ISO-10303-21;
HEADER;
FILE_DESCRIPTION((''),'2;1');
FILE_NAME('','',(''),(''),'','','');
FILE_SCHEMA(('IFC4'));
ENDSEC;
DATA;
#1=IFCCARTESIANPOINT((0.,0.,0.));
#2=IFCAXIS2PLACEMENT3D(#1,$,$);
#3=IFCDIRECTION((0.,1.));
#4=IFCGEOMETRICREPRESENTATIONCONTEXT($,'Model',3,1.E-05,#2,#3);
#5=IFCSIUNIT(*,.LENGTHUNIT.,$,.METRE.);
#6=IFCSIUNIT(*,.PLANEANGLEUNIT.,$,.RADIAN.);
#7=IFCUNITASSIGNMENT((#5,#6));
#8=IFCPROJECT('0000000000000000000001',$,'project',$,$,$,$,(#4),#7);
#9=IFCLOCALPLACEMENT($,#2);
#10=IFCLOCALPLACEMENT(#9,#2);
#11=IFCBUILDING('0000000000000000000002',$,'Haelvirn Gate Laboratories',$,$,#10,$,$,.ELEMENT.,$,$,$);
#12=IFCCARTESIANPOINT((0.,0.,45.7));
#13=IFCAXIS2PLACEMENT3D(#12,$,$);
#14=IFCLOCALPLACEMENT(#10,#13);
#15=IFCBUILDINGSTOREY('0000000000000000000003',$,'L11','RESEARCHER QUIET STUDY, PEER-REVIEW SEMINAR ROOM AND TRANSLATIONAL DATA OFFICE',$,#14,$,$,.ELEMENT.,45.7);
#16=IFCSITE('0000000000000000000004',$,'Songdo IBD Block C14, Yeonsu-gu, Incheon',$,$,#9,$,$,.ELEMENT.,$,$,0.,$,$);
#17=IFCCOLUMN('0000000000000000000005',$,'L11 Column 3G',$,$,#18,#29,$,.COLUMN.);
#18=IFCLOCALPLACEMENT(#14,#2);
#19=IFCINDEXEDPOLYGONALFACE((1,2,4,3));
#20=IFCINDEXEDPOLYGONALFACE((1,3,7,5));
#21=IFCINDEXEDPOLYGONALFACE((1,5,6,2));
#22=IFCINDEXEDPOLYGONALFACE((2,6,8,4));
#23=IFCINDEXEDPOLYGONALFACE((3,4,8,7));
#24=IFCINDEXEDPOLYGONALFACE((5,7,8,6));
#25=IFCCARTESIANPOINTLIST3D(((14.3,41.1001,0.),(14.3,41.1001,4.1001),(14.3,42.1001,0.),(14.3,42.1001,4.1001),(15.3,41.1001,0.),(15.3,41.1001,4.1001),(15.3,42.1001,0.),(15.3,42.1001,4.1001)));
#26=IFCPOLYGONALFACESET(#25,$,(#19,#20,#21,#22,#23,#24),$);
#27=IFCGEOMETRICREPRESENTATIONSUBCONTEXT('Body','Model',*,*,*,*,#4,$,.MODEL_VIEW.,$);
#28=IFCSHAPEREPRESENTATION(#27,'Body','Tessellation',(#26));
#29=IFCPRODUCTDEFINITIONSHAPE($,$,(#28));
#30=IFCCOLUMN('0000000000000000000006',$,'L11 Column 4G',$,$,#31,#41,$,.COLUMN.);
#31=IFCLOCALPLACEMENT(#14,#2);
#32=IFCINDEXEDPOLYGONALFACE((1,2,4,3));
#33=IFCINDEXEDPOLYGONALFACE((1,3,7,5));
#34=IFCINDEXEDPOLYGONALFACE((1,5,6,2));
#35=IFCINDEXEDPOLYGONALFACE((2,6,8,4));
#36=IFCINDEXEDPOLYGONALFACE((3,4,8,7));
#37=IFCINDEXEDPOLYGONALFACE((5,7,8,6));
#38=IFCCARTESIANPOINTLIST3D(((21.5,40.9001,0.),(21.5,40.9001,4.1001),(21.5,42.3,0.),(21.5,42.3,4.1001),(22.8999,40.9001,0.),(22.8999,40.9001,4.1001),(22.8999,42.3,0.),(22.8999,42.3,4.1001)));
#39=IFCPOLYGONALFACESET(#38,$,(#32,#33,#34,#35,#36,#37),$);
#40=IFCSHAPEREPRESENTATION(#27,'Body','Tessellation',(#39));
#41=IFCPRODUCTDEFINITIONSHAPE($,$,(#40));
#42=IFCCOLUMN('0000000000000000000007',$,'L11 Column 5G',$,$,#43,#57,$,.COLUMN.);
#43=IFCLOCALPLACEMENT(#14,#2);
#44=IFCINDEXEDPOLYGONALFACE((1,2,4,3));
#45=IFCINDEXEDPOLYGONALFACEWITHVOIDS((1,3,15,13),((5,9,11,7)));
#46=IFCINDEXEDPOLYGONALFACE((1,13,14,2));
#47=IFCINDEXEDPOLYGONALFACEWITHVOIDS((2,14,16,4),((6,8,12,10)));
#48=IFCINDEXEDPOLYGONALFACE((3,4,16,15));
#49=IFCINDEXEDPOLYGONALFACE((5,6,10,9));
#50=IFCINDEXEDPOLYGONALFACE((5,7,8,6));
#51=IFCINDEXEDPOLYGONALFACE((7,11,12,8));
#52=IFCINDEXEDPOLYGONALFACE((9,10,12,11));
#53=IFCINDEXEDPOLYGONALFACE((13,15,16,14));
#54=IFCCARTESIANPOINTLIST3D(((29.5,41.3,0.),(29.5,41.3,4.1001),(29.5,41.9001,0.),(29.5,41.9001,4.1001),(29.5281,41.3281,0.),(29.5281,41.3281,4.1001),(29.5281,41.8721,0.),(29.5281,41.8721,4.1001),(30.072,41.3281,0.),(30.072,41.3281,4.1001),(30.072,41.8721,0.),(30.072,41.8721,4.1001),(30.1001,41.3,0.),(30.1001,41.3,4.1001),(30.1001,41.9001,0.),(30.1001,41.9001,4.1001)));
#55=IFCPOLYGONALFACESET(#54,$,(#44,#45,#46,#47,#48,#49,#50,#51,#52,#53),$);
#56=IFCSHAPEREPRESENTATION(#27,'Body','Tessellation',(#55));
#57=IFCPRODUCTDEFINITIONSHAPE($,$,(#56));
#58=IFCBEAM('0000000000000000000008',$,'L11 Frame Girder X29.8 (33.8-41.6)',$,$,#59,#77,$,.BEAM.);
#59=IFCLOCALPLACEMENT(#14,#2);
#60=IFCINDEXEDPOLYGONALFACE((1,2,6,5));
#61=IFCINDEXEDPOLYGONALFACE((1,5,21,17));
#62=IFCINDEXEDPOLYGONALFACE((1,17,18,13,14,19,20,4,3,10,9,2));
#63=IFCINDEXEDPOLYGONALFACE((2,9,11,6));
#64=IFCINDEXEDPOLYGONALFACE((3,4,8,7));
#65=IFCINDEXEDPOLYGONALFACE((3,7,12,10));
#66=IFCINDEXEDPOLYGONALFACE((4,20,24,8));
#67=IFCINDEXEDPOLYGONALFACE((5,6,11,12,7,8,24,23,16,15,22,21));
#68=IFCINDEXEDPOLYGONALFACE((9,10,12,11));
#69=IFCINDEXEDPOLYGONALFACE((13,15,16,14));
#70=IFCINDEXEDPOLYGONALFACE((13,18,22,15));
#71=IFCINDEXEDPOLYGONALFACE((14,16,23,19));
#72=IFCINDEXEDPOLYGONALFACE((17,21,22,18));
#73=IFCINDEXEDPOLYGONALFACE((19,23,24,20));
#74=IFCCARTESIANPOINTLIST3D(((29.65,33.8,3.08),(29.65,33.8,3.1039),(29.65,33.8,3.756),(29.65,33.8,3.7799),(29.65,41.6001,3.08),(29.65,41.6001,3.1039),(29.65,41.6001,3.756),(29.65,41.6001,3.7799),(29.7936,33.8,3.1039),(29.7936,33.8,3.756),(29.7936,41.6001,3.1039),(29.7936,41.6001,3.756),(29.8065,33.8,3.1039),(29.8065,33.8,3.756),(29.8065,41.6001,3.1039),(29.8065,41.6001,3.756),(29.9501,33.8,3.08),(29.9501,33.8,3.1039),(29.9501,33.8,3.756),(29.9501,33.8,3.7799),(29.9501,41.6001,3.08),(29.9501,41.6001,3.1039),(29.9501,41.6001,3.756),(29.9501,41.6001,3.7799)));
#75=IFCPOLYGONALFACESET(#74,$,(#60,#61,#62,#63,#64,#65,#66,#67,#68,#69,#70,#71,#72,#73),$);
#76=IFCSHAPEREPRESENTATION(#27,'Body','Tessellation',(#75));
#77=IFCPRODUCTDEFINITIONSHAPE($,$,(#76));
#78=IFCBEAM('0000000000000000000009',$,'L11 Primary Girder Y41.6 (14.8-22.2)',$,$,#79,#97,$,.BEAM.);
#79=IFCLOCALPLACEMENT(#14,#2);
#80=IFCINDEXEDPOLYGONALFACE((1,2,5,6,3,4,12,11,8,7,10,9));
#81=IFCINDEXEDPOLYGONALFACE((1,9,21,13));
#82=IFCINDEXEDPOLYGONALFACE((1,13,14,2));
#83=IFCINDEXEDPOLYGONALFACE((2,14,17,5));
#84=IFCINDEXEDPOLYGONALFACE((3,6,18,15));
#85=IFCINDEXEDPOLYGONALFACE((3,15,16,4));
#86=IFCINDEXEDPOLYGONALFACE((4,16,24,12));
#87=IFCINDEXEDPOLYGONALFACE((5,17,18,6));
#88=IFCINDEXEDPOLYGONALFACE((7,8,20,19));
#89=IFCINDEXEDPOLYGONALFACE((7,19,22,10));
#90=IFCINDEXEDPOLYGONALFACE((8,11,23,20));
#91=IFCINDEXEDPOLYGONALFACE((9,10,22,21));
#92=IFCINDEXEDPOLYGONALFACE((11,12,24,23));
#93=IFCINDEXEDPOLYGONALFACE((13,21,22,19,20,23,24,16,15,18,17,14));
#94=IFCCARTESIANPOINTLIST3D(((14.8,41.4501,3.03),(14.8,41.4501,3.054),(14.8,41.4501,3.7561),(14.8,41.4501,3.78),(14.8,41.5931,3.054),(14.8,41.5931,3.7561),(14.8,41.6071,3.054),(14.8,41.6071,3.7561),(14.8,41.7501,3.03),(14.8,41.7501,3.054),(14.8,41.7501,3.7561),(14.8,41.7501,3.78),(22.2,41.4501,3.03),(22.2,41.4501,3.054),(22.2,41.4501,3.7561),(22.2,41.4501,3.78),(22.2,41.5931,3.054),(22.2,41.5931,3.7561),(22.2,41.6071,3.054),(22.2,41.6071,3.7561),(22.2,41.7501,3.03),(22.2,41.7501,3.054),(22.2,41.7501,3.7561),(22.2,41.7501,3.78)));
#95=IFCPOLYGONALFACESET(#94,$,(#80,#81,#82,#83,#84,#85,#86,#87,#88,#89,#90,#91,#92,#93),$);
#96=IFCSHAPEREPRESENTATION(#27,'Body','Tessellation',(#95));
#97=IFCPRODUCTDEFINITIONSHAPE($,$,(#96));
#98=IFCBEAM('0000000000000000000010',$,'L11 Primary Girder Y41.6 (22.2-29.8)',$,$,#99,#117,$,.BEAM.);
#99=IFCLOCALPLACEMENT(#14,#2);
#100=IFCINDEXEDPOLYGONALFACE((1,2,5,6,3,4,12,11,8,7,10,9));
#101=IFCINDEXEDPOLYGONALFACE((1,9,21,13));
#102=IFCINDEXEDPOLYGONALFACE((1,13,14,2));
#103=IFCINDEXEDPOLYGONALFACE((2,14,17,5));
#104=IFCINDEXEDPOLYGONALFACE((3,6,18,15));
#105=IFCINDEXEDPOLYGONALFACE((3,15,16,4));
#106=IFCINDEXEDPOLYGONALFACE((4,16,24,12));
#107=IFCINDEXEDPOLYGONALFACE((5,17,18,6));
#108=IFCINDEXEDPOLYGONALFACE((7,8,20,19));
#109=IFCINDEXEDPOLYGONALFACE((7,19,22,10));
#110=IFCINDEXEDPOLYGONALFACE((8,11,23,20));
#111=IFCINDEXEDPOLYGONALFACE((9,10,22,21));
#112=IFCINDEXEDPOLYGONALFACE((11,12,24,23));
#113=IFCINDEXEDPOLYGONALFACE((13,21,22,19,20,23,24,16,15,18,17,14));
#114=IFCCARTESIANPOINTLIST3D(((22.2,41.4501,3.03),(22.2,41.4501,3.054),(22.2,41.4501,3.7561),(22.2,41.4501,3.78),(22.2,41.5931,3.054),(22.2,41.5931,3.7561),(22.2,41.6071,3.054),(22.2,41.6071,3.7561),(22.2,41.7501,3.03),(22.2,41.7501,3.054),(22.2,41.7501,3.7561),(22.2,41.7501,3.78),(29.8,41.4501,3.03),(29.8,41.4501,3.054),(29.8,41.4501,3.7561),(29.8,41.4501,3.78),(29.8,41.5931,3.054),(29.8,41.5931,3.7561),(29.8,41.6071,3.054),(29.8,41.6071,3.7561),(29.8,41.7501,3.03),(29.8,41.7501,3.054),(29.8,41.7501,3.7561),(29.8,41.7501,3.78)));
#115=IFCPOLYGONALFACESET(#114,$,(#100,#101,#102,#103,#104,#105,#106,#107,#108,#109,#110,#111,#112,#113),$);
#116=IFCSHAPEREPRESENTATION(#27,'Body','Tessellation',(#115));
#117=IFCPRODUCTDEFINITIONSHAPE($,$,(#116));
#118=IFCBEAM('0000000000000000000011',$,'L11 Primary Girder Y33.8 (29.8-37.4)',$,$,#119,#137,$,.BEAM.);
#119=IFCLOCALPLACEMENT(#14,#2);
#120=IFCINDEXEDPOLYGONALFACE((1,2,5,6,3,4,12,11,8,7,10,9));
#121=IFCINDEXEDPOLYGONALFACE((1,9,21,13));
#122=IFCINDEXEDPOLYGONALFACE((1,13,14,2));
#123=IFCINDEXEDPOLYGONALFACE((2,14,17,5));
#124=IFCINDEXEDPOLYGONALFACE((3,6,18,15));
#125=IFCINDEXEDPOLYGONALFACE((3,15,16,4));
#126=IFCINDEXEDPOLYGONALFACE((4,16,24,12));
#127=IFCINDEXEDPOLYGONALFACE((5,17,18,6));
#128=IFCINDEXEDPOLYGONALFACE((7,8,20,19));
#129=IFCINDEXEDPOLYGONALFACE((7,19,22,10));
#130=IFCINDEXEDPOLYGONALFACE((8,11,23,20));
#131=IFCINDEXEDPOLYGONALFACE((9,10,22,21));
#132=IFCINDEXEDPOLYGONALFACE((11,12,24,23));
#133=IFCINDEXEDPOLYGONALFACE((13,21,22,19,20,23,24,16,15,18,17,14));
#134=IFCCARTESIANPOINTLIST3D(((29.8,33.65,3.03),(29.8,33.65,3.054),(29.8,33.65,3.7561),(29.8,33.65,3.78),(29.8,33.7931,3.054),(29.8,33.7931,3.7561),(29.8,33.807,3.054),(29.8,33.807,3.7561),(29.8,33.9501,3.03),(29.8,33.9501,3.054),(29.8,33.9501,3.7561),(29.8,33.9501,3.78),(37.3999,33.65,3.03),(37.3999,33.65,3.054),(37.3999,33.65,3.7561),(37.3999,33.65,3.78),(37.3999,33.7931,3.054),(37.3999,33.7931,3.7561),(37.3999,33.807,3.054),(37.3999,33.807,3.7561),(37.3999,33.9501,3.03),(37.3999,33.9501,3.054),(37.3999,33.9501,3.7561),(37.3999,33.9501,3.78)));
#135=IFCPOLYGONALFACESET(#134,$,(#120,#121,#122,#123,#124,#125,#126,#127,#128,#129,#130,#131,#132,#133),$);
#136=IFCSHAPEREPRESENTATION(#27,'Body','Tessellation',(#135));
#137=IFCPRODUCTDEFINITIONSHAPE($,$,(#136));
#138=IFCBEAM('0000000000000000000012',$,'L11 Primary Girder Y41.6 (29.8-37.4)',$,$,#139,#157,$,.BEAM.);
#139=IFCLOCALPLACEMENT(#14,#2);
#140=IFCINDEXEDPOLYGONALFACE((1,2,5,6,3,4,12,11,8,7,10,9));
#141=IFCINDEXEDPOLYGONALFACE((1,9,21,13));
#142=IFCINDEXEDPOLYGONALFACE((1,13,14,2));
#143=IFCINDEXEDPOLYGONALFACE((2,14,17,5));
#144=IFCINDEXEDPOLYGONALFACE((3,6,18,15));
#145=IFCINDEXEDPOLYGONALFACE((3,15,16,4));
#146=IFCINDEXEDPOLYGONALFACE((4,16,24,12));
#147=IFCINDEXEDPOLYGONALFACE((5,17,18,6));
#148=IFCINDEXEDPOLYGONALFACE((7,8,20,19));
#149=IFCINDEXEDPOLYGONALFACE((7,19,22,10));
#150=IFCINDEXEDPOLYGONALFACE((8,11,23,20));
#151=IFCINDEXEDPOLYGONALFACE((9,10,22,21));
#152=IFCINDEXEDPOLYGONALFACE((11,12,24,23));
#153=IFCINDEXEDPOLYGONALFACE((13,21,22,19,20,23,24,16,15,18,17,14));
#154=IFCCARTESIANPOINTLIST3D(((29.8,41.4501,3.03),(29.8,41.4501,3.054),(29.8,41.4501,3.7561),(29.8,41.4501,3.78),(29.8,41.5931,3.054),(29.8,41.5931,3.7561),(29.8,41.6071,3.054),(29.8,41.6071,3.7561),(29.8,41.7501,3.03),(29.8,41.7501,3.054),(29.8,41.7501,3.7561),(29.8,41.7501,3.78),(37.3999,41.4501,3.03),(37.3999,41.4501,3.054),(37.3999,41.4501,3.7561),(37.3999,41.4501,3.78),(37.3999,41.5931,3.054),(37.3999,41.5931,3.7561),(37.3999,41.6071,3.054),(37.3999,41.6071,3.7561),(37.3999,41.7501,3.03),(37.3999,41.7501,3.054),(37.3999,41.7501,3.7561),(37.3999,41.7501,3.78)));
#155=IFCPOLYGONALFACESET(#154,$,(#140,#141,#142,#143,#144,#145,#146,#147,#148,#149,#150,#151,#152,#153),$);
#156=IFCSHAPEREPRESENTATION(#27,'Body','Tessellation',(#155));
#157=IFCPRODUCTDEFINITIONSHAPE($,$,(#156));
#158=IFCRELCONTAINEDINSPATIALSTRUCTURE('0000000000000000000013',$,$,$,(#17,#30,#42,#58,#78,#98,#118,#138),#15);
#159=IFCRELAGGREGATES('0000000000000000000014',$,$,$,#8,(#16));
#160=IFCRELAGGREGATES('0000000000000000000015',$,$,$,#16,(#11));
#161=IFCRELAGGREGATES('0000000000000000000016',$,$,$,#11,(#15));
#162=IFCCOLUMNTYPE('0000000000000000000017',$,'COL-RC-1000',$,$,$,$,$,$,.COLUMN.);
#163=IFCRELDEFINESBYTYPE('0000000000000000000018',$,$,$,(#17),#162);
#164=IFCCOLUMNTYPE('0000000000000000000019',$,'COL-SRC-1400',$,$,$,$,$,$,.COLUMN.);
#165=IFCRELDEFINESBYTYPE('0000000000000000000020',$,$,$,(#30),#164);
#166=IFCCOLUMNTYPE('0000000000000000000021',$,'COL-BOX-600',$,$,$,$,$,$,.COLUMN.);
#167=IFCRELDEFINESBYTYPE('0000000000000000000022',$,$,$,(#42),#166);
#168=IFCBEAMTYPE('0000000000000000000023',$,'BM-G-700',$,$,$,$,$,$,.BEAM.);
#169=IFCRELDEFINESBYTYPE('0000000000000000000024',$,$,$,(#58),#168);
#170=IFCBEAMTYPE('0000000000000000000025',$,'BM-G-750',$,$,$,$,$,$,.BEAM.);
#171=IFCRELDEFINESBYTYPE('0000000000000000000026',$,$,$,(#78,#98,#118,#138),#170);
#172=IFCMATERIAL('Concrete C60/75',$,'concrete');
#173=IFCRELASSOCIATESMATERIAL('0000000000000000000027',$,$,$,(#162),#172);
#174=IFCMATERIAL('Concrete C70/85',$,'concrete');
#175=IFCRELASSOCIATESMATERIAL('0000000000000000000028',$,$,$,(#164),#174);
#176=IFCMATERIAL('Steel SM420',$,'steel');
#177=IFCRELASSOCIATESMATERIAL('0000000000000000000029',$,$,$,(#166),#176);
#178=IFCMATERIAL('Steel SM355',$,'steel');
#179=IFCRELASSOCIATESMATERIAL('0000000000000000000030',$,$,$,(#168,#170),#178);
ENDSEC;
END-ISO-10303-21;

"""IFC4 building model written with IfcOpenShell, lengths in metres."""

from ifc_helpers import new_model, si_unit, direction, frame, origin, origin_2d, place, context, subcontext, project, spatial, rectangle, hollow_rectangle, i_section, extrude, source, transform, mapped, material, material_profile, profile_set, type_object, type_shapes, element, save


model = new_model("IFC4")

# Units and contexts
model_context = context("Model", 3, precision=1e-05, world=origin(), true_north=direction((0.0, 1.0)))
body_context = subcontext(model_context, "Body", "Model", "MODEL_VIEW")
ifc_project = project(units=[si_unit("LENGTHUNIT", "METRE"), si_unit("PLANEANGLEUNIT", "RADIAN")], contexts=[model_context])

# Site, building, storey
site_placement = place(None, origin())
site = spatial("IfcSite", under=ifc_project, at=site_placement, Name="Songdo IBD Block C14, Yeonsu-gu, Incheon", CompositionType="ELEMENT", RefElevation=0.0)
building_placement = place(site_placement, origin())
building = spatial("IfcBuilding", under=site, at=building_placement, Name="Haelvirn Gate Laboratories", CompositionType="ELEMENT")
storey_placement = place(building_placement, frame((0.0, 0.0, 45.7)))
storey = spatial("IfcBuildingStorey", under=building, at=storey_placement, Name="L11", Description="RESEARCHER QUIET STUDY, PEER-REVIEW SEMINAR ROOM AND TRANSLATIONAL DATA OFFICE", CompositionType="ELEMENT", Elevation=45.7)

# Columns
ifc_material_1 = material(Name="Concrete C60/75", Category="concrete")
ifc_material_profile_1 = material_profile(ifc_material_1, rectangle(XDim=1.0, YDim=1.0, at=origin_2d()), Name="RC-1000x1000")
ifc_profile_set_1 = profile_set([ifc_material_profile_1], Name="Concrete C60/75")
column_type_1 = type_object("IfcColumnType", Name="COL-RC-1000", PredefinedType="COLUMN", material=ifc_profile_set_1)
shared_shape_1 = source(origin(), body_context, "Body", "SweptSolid", [
    extrude(rectangle(XDim=1.0, YDim=1.0, at=origin_2d()), origin(), (0.0, 0.0, 1.0), 4.1001),
])
type_shapes(column_type_1, [shared_shape_1])
column_1_placement = place(storey_placement, frame((14.8, 41.6001, 0.0), z_axis=(0.0, 0.0, 1.0), x_axis=(1.0, 0.0, 0.0)))
element("IfcColumn", 1, at=column_1_placement, inside=storey, type_object=column_type_1, Name="L11 Column 3G", PredefinedType="COLUMN", context=body_context, shape_type="MappedRepresentation", body=[
    mapped(shared_shape_1, transform((0.0, 0.0, 0.0), scale=1.0)),
])
ifc_material_2 = material(Name="Concrete C70/85", Category="concrete")
ifc_material_profile_2 = material_profile(ifc_material_2, rectangle(XDim=1.3999, YDim=1.3999, at=origin_2d()), Name="SRC-1400x1400")
ifc_profile_set_2 = profile_set([ifc_material_profile_2], Name="Concrete C70/85")
column_type_2 = type_object("IfcColumnType", Name="COL-SRC-1400", PredefinedType="COLUMN", material=ifc_profile_set_2)
shared_shape_2 = source(origin(), body_context, "Body", "SweptSolid", [
    extrude(rectangle(XDim=1.3999, YDim=1.3999, at=origin_2d()), origin(), (0.0, 0.0, 1.0), 4.1001),
])
type_shapes(column_type_2, [shared_shape_2])
column_2_placement = place(storey_placement, frame((22.2, 41.6001, 0.0), z_axis=(0.0, 0.0, 1.0), x_axis=(1.0, 0.0, 0.0)))
element("IfcColumn", 2, at=column_2_placement, inside=storey, type_object=column_type_2, Name="L11 Column 4G", PredefinedType="COLUMN", context=body_context, shape_type="MappedRepresentation", body=[
    mapped(shared_shape_2, transform((0.0, 0.0, 0.0), scale=1.0)),
])
ifc_material_3 = material(Name="Steel SM420", Category="steel")
ifc_material_profile_3 = material_profile(ifc_material_3, hollow_rectangle(XDim=0.6001, YDim=0.6001, WallThickness=0.0281, at=origin_2d()), Name="BOX-600x600x28")
ifc_profile_set_3 = profile_set([ifc_material_profile_3], Name="Steel SM420")
column_type_3 = type_object("IfcColumnType", Name="COL-BOX-600", PredefinedType="COLUMN", material=ifc_profile_set_3)
shared_shape_3 = source(origin(), body_context, "Body", "SweptSolid", [
    extrude(hollow_rectangle(XDim=0.6001, YDim=0.6001, WallThickness=0.0281, at=origin_2d()), origin(), (0.0, 0.0, 1.0), 4.1001),
])
type_shapes(column_type_3, [shared_shape_3])
column_3_placement = place(storey_placement, frame((29.8, 41.6001, 0.0), z_axis=(0.0, 0.0, 1.0), x_axis=(1.0, 0.0, 0.0)))
element("IfcColumn", 3, at=column_3_placement, inside=storey, type_object=column_type_3, Name="L11 Column 5G", PredefinedType="COLUMN", context=body_context, shape_type="MappedRepresentation", body=[
    mapped(shared_shape_3, transform((0.0, 0.0, 0.0), scale=1.0)),
])

# Beams
ifc_material_4 = material(Name="Steel SM355", Category="steel")
ifc_material_profile_4 = material_profile(ifc_material_4, i_section(OverallWidth=0.3, OverallDepth=0.7, WebThickness=0.0129, FlangeThickness=0.0239, at=origin_2d()), Name="H-700x300x13x24")
ifc_profile_set_4 = profile_set([ifc_material_profile_4], Name="Steel SM355")
beam_type_1 = type_object("IfcBeamType", Name="BM-G-700", PredefinedType="BEAM", material=ifc_profile_set_4)
shared_shape_4 = source(origin(), body_context, "Body", "SweptSolid", [
    extrude(i_section(OverallWidth=0.3, OverallDepth=0.7, WebThickness=0.0129, FlangeThickness=0.0239, at=origin_2d()), origin(), (0.0, 0.0, 1.0), 7.8),
])
type_shapes(beam_type_1, [shared_shape_4])
beam_1_placement = place(storey_placement, frame((29.8, 33.8, 3.4299), z_axis=(0.0, 1.0, 0.0), x_axis=(-1.0, 0.0, 0.0)))
element("IfcBeam", 4, at=beam_1_placement, inside=storey, type_object=beam_type_1, Name="L11 Frame Girder X29.8 (33.8-41.6)", PredefinedType="BEAM", context=body_context, shape_type="MappedRepresentation", body=[
    mapped(shared_shape_4, transform((0.0, 0.0, 0.0), scale=1.0)),
])
ifc_material_profile_5 = material_profile(ifc_material_4, i_section(OverallWidth=0.3, OverallDepth=0.75, WebThickness=0.0139, FlangeThickness=0.0239, at=origin_2d()), Name="H-750x300x14x24")
ifc_profile_set_5 = profile_set([ifc_material_profile_5], Name="Steel SM355")
beam_type_2 = type_object("IfcBeamType", Name="BM-G-750", PredefinedType="BEAM", material=ifc_profile_set_5)
shared_shape_5 = source(origin(), body_context, "Body", "SweptSolid", [
    extrude(i_section(OverallWidth=0.3, OverallDepth=0.75, WebThickness=0.0139, FlangeThickness=0.0239, at=origin_2d()), origin(), (0.0, 0.0, 1.0), 7.3999),
])
beam_2_placement = place(storey_placement, frame((14.8, 41.6001, 3.405), z_axis=(1.0, 0.0, 0.0), x_axis=(0.0, 1.0, 0.0)))
element("IfcBeam", 5, at=beam_2_placement, inside=storey, type_object=beam_type_2, Name="L11 Primary Girder Y41.6 (14.8-22.2)", PredefinedType="BEAM", context=body_context, shape_type="MappedRepresentation", body=[
    mapped(shared_shape_5, transform((0.0, 0.0, 0.0), scale=1.0)),
])
shared_shape_6 = source(origin(), body_context, "Body", "SweptSolid", [
    extrude(i_section(OverallWidth=0.3, OverallDepth=0.75, WebThickness=0.0139, FlangeThickness=0.0239, at=origin_2d()), origin(), (0.0, 0.0, 1.0), 7.6001),
])
beam_3_placement = place(storey_placement, frame((22.2, 41.6001, 3.405), z_axis=(1.0, 0.0, 0.0), x_axis=(0.0, 1.0, 0.0)))
element("IfcBeam", 6, at=beam_3_placement, inside=storey, type_object=beam_type_2, Name="L11 Primary Girder Y41.6 (22.2-29.8)", PredefinedType="BEAM", context=body_context, shape_type="MappedRepresentation", body=[
    mapped(shared_shape_6, transform((0.0, 0.0, 0.0), scale=1.0)),
])
shared_shape_7 = source(origin(), body_context, "Body", "SweptSolid", [
    extrude(i_section(OverallWidth=0.3, OverallDepth=0.75, WebThickness=0.0139, FlangeThickness=0.0239, at=origin_2d()), origin(), (0.0, 0.0, 1.0), 7.5999),
])
type_shapes(beam_type_2, [shared_shape_5, shared_shape_6, shared_shape_7])
for number, where, z_axis, x_axis, name in (
    (7, (29.8, 33.8, 3.405), (1.0, 0.0, 0.0), (0.0, 1.0, 0.0), "L11 Primary Girder Y33.8 (29.8-37.4)"),
    (8, (29.8, 41.6001, 3.405), (1.0, 0.0, 0.0), (0.0, 1.0, 0.0), "L11 Primary Girder Y41.6 (29.8-37.4)"),
):
    element("IfcBeam", number, at=place(storey_placement, frame(where, z_axis=z_axis, x_axis=x_axis)), inside=storey, type_object=beam_type_2, Name=name, PredefinedType="BEAM", context=body_context, shape_type="MappedRepresentation", body=[
        mapped(shared_shape_7, transform((0.0, 0.0, 0.0), scale=1.0)),
    ])

save(model, "model.ifc")
